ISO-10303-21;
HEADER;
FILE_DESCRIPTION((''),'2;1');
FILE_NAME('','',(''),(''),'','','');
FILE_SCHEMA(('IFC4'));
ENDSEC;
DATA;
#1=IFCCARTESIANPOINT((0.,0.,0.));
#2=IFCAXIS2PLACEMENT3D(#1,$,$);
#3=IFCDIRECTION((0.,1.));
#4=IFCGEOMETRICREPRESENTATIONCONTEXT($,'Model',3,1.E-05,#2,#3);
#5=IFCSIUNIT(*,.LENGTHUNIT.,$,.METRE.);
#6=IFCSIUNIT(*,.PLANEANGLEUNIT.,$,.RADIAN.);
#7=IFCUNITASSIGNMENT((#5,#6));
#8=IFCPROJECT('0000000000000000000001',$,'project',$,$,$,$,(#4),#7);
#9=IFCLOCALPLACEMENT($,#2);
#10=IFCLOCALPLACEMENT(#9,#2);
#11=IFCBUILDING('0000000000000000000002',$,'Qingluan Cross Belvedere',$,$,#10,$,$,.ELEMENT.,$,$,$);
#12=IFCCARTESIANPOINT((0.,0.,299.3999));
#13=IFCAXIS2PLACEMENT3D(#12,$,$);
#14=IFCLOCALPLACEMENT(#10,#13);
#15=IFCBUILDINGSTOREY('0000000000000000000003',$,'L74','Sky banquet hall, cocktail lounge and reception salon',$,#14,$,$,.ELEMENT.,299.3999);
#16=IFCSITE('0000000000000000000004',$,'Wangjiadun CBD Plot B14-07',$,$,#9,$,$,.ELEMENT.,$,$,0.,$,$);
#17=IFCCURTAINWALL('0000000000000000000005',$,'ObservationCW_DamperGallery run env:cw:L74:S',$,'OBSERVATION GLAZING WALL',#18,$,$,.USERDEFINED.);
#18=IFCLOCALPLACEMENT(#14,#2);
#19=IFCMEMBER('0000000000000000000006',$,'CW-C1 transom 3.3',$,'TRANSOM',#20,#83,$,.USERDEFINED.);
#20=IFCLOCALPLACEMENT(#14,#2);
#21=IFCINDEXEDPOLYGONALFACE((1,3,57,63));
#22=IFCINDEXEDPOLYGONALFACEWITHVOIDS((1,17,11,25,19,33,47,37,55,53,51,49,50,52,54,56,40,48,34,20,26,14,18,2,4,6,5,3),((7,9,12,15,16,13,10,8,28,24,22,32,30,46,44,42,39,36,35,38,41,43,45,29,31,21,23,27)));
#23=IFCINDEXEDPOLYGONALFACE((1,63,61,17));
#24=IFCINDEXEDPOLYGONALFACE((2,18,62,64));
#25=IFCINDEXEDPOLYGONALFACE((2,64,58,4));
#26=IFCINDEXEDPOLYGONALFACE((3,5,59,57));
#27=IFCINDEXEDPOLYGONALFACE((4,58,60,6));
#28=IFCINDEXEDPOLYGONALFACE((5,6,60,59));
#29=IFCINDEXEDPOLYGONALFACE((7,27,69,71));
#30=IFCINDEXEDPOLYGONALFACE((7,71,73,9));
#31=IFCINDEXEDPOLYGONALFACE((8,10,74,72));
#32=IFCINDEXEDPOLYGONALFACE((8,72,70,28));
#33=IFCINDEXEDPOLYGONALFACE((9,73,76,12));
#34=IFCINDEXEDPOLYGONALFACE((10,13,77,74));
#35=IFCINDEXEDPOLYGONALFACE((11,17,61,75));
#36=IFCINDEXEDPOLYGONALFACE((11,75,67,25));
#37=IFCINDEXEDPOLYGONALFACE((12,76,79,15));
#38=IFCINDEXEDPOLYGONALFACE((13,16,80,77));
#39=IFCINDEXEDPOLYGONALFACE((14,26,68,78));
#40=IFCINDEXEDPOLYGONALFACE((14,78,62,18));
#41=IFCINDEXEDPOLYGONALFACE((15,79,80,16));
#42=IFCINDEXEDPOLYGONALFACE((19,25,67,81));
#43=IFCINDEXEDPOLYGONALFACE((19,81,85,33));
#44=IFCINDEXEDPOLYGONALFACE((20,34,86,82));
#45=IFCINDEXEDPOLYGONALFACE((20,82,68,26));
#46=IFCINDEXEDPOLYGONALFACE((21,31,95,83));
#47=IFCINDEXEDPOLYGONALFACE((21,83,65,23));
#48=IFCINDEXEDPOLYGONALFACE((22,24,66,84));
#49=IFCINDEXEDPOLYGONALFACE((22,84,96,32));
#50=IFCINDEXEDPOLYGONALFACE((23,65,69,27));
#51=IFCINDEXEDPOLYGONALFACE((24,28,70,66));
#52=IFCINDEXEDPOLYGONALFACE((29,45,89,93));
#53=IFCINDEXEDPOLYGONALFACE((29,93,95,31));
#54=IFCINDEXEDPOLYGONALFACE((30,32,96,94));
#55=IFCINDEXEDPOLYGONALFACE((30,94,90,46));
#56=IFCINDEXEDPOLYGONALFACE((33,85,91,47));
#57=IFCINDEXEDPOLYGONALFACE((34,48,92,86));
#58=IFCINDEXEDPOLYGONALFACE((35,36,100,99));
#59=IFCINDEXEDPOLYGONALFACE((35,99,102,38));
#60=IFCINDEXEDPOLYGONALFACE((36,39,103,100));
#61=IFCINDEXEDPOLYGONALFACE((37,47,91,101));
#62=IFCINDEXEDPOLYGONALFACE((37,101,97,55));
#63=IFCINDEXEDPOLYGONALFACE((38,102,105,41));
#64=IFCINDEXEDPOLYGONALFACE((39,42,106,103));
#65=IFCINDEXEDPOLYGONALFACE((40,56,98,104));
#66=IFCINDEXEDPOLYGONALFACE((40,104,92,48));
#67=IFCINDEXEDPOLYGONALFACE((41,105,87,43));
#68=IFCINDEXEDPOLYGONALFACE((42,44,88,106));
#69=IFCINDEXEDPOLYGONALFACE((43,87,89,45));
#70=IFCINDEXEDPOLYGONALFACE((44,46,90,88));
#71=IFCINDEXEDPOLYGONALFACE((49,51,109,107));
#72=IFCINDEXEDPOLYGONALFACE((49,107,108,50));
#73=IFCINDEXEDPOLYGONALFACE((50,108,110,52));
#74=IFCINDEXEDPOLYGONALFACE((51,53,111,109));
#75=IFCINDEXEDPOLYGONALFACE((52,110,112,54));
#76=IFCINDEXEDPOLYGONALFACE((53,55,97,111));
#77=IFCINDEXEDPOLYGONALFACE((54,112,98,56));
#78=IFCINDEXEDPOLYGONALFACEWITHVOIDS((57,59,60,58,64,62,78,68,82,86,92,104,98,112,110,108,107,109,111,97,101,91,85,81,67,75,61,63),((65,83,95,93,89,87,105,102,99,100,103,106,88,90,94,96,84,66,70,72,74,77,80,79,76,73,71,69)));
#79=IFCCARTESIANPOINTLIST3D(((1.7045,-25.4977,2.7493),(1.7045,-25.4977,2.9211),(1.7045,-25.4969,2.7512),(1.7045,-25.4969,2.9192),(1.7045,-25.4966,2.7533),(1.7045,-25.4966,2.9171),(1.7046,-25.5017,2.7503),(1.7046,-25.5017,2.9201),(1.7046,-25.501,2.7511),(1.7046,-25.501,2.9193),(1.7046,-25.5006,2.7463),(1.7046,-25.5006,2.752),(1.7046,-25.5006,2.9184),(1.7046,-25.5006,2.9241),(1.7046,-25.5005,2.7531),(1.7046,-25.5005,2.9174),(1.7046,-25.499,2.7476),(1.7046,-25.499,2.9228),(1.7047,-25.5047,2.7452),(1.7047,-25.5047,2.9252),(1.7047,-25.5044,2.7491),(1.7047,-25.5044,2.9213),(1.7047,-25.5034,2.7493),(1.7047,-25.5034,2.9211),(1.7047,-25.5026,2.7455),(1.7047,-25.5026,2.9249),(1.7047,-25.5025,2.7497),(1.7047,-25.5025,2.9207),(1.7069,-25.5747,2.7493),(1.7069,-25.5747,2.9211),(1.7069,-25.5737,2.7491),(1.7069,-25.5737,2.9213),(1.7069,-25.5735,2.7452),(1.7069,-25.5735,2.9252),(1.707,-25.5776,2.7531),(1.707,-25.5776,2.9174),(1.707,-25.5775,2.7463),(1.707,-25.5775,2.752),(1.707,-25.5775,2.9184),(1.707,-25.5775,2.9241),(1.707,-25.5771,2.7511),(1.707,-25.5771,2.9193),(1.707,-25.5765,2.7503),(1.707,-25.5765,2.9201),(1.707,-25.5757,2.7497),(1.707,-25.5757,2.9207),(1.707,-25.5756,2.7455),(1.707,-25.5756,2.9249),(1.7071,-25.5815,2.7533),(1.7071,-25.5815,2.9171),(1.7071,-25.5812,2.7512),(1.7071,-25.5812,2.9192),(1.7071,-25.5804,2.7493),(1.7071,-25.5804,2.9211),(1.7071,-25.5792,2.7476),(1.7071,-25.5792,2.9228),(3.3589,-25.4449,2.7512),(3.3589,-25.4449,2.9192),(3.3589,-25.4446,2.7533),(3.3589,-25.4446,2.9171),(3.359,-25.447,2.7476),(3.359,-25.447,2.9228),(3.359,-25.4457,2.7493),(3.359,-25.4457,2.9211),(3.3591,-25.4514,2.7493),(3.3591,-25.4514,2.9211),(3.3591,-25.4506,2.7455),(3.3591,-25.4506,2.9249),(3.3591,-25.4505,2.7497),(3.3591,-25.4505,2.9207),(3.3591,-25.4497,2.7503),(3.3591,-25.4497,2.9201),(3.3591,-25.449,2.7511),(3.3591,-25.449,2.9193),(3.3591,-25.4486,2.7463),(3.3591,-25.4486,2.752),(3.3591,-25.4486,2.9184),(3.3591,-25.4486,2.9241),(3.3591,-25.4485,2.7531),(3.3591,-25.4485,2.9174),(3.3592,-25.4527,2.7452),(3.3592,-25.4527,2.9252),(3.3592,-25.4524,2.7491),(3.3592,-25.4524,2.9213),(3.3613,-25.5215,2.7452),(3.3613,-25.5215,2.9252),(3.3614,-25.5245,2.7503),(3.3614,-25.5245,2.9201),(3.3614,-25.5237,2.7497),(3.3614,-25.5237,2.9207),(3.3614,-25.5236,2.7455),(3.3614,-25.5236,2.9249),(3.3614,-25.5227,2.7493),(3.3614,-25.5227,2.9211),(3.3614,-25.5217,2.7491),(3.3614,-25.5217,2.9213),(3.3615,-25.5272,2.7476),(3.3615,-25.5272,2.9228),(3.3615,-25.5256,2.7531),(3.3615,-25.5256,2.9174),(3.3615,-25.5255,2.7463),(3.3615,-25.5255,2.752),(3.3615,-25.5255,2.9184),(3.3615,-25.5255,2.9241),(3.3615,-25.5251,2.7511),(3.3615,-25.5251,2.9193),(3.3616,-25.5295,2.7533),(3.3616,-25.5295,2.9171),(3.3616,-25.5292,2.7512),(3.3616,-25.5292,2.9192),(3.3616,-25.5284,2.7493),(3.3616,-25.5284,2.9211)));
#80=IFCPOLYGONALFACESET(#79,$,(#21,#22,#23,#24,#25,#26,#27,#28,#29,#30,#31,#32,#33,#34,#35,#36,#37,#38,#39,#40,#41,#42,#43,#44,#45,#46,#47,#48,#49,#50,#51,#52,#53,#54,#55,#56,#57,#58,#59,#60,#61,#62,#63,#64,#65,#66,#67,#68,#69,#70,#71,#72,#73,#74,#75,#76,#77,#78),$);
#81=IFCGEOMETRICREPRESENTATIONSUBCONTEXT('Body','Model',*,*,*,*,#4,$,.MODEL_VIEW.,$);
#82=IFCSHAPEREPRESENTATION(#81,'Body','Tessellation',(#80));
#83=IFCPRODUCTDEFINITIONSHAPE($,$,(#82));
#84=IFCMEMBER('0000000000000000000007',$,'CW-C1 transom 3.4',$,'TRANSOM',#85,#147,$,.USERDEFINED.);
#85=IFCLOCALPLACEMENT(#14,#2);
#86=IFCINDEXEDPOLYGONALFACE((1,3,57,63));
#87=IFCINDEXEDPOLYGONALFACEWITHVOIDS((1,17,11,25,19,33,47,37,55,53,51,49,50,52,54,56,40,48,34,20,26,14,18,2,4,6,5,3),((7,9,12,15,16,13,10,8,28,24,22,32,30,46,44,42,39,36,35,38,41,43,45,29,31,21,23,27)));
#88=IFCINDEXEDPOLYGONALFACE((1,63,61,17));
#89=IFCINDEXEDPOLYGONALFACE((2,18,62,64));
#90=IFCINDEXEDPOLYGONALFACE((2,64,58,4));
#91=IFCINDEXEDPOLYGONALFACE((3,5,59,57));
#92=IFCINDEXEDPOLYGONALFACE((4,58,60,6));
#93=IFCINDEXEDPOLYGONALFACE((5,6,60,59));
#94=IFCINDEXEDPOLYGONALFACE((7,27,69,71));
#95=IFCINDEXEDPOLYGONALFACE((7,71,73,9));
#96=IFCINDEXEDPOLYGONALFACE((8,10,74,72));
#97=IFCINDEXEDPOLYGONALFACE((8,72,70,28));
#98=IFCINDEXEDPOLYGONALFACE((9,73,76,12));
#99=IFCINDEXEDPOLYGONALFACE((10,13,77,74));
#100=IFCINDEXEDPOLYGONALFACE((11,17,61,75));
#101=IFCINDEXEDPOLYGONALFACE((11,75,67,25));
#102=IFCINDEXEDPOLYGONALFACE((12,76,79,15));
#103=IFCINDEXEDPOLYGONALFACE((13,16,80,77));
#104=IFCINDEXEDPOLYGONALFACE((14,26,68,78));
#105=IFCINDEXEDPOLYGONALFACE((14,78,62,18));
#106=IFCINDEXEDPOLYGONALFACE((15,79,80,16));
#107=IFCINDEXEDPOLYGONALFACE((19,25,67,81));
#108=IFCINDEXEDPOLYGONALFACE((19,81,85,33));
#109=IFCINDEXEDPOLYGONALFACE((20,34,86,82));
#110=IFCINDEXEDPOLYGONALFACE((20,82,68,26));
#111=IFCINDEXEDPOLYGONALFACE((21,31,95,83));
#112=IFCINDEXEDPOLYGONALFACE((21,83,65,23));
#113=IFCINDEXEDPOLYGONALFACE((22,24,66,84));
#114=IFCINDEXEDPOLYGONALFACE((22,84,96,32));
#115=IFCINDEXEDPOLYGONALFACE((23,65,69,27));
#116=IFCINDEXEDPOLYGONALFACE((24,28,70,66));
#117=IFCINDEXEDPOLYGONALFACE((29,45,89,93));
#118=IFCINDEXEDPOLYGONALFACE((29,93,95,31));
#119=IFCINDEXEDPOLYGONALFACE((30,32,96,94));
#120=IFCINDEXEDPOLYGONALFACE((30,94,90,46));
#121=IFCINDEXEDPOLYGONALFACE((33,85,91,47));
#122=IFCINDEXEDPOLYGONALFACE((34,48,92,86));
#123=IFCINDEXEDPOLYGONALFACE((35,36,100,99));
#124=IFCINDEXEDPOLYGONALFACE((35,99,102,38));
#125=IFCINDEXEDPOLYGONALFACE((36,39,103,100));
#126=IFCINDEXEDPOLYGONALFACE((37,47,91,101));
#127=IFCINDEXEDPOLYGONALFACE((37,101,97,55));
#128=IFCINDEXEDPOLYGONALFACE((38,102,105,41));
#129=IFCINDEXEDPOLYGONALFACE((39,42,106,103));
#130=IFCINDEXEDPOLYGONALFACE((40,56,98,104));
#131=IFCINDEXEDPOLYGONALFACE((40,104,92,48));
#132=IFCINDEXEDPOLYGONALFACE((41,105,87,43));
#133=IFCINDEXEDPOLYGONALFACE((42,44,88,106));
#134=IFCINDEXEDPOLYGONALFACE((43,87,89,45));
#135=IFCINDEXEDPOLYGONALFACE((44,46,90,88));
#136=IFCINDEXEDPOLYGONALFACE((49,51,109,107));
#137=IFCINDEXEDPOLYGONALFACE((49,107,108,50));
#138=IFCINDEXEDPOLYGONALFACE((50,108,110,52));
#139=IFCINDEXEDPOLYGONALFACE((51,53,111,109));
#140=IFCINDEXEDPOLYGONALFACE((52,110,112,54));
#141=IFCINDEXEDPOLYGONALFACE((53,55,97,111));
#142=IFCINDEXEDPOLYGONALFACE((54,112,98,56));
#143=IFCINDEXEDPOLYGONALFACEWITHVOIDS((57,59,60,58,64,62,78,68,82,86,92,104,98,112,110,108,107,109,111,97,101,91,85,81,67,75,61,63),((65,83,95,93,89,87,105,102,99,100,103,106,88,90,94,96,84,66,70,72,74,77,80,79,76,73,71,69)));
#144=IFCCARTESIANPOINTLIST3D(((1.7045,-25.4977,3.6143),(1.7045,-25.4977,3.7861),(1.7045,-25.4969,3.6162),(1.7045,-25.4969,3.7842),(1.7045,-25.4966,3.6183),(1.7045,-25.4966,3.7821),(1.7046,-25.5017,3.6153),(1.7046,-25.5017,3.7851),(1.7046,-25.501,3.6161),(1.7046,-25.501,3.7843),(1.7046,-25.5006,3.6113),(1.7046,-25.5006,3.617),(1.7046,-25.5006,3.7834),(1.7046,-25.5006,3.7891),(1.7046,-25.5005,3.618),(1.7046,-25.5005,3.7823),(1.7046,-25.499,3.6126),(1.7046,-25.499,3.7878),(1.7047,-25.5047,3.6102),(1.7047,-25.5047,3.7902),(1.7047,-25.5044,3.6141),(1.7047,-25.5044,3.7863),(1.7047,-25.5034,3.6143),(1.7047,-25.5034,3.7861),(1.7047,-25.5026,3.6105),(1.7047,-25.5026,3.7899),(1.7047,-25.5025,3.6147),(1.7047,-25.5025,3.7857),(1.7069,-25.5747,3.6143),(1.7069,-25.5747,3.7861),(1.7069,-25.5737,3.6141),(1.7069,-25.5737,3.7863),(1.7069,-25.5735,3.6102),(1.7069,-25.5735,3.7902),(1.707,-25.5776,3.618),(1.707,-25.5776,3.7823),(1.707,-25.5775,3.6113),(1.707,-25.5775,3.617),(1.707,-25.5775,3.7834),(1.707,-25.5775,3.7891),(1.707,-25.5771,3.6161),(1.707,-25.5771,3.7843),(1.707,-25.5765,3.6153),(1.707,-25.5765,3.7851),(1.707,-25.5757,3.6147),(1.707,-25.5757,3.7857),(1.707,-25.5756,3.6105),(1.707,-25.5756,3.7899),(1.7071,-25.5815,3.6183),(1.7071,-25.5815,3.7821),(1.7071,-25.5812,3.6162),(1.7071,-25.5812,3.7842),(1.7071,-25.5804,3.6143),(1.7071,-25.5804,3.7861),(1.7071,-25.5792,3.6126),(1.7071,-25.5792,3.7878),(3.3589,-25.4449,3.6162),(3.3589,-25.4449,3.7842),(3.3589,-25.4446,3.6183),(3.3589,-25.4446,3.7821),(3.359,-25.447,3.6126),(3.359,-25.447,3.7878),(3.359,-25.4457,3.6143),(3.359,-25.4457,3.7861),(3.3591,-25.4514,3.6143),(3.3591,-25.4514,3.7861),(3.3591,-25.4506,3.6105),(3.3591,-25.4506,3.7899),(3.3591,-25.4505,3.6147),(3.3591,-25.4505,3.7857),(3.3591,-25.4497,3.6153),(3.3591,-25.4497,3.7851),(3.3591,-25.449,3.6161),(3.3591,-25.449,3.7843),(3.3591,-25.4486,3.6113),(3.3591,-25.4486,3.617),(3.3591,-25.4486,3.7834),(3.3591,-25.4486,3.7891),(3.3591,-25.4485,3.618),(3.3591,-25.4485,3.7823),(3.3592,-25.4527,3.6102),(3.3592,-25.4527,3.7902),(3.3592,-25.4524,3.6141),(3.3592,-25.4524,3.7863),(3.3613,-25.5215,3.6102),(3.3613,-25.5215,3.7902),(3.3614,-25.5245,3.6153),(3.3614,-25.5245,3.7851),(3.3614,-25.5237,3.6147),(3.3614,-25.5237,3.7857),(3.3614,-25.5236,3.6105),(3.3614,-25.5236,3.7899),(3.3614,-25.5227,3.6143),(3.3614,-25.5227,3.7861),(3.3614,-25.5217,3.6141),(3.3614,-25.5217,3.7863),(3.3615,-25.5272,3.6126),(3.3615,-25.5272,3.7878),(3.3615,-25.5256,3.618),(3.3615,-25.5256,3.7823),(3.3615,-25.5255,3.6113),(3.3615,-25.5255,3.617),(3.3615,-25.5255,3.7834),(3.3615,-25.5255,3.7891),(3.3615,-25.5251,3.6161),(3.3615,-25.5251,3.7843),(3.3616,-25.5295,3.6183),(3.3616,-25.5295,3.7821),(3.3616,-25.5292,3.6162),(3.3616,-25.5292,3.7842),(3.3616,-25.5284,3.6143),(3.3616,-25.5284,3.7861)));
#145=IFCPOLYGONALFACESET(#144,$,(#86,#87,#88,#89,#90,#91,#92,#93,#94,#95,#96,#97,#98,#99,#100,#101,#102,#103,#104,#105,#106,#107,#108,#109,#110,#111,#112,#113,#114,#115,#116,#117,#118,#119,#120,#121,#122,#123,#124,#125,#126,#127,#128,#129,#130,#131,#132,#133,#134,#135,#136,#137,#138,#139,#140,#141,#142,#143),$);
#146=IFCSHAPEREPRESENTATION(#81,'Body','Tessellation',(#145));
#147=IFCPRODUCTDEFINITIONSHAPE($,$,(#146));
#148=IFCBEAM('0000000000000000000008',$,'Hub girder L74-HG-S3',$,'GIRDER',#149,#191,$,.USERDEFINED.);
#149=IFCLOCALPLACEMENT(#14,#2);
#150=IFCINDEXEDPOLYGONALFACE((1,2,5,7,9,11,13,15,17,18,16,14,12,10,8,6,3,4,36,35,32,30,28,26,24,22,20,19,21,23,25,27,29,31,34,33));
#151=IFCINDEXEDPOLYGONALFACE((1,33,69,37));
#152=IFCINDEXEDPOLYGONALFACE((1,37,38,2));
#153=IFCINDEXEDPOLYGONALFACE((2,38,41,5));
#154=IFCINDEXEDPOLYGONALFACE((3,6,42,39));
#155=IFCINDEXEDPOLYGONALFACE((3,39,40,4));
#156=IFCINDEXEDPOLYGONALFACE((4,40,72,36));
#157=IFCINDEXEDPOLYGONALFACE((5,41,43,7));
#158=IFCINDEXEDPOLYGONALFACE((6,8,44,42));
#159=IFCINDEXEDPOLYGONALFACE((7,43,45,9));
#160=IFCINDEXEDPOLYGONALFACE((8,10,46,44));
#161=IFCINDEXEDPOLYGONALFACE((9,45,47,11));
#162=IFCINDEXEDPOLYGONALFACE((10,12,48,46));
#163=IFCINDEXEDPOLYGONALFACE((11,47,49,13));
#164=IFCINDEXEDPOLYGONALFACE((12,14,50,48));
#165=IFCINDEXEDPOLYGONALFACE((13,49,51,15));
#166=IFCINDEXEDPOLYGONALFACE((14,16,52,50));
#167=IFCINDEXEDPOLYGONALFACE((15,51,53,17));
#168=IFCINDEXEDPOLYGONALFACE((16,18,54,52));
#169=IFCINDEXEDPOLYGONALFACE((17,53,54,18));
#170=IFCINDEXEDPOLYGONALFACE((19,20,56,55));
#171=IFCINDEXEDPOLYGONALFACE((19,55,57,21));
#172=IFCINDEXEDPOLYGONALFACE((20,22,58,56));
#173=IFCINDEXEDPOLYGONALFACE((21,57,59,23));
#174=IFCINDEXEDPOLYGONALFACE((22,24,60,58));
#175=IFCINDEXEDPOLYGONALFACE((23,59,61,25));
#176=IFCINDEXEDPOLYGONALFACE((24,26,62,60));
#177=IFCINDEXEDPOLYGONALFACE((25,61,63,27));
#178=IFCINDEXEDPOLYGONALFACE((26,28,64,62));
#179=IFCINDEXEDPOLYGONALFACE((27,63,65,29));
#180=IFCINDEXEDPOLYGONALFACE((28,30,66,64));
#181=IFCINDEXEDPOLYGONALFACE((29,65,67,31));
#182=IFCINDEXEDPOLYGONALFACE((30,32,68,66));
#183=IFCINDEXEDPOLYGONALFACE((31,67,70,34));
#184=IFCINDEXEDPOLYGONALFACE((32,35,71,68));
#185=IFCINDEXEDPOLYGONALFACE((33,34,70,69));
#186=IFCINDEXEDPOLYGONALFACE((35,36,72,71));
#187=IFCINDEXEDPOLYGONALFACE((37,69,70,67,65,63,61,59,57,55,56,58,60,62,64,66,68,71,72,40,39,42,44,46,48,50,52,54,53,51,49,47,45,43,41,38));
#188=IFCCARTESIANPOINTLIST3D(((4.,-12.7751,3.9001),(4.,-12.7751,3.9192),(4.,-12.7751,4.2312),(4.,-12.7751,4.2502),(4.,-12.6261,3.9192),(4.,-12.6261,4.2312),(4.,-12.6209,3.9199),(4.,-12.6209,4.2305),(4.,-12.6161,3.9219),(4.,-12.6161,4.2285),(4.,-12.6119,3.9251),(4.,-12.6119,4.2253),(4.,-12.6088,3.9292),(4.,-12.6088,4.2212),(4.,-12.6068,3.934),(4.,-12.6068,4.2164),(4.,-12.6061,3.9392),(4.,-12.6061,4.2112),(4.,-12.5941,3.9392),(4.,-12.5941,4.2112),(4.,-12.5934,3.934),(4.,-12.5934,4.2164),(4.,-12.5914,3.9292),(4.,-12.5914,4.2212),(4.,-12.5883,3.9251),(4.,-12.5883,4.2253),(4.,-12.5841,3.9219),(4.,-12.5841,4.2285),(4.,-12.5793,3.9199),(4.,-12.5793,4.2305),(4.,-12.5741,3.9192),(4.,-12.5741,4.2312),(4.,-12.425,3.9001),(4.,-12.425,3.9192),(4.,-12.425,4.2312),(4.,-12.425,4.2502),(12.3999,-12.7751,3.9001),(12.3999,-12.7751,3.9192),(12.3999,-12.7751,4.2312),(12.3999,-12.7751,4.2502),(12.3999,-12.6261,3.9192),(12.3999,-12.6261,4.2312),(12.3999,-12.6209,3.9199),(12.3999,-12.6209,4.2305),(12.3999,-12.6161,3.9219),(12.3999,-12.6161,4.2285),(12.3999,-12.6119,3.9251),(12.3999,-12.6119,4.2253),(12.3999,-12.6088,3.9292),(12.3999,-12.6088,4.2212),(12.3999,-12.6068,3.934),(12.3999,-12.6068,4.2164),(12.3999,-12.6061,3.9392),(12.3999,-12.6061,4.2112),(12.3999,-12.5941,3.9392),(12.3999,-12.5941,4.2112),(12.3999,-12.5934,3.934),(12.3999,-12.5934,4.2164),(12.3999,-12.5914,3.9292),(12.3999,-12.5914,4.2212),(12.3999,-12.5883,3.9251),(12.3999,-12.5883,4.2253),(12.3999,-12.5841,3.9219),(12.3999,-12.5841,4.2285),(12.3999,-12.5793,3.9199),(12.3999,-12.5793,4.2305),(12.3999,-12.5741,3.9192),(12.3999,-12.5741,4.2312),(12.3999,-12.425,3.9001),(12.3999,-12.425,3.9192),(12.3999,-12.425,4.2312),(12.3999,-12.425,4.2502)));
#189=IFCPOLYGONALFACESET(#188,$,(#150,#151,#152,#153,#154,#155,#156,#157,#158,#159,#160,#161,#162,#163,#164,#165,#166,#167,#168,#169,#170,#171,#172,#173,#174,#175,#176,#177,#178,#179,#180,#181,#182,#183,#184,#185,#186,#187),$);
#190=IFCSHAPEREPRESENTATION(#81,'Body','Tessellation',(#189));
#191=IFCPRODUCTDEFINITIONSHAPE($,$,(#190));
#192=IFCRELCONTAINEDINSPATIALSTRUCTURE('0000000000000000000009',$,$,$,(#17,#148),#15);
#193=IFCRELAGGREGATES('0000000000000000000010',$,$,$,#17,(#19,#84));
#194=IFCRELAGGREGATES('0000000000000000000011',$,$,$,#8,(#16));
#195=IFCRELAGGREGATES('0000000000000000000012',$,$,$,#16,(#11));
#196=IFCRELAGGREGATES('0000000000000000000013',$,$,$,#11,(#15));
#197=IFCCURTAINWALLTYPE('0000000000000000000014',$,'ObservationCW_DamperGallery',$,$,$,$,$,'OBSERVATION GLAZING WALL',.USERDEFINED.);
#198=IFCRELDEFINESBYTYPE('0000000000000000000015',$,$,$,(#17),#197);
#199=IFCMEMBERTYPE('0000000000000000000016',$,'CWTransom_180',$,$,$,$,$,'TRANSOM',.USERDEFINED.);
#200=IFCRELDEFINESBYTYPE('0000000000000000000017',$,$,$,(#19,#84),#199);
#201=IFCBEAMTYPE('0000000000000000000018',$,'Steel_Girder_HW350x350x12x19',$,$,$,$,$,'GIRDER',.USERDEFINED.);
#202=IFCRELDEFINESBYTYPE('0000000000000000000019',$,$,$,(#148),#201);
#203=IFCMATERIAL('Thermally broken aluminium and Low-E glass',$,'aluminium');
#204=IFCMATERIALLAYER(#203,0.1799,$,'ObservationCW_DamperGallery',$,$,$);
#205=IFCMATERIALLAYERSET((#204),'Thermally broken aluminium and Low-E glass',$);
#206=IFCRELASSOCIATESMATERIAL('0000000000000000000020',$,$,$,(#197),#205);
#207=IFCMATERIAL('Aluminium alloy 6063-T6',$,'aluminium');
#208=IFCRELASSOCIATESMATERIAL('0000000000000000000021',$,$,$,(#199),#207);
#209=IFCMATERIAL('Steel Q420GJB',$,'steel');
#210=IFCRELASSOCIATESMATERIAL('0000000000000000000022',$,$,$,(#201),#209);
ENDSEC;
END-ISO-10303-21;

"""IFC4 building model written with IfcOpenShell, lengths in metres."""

from ifc_helpers import new_model, si_unit, direction, frame, origin, origin_2d, place, context, subcontext, project, spatial, hollow_rectangle, i_section, extrude, material, layer, layer_set, material_profile, profile_set, type_object, element, aggregate, save


model = new_model("IFC4")

# Units and contexts
model_context = context("Model", 3, precision=1e-05, world=origin(), true_north=direction((0.0, 1.0)))
body_context = subcontext(model_context, "Body", "Model", "MODEL_VIEW")
ifc_project = project(units=[si_unit("LENGTHUNIT", "METRE"), si_unit("PLANEANGLEUNIT", "RADIAN")], contexts=[model_context])

# Site, building, storey
site_placement = place(None, origin())
site = spatial("IfcSite", under=ifc_project, at=site_placement, Name="Wangjiadun CBD Plot B14-07", CompositionType="ELEMENT", RefElevation=0.0)
building_placement = place(site_placement, origin())
building = spatial("IfcBuilding", under=site, at=building_placement, Name="Qingluan Cross Belvedere", CompositionType="ELEMENT")
storey_placement = place(building_placement, frame((0.0, 0.0, 299.3999)))
storey = spatial("IfcBuildingStorey", under=building, at=storey_placement, Name="L74", Description="Sky banquet hall, cocktail lounge and reception salon", CompositionType="ELEMENT", Elevation=299.3999)

# Curtain wall, members
ifc_material_1 = material(Name="Thermally broken aluminium and Low-E glass", Category="aluminium")
ifc_layer_1 = layer(ifc_material_1, 0.1799, Name="ObservationCW_DamperGallery")
ifc_layer_set_1 = layer_set([ifc_layer_1], Name="Thermally broken aluminium and Low-E glass")
curtain_wall_type = type_object("IfcCurtainWallType", Name="ObservationCW_DamperGallery", ElementType="OBSERVATION GLAZING WALL", PredefinedType="USERDEFINED", material=ifc_layer_set_1)
curtain_wall_placement = place(storey_placement, origin())
curtain_wall = element("IfcCurtainWall", 1, at=curtain_wall_placement, inside=storey, type_object=curtain_wall_type, Name="ObservationCW_DamperGallery run env:cw:L74:S", ObjectType="OBSERVATION GLAZING WALL", PredefinedType="USERDEFINED")
ifc_material_2 = material(Name="Aluminium alloy 6063-T6", Category="aluminium")
ifc_material_profile_1 = material_profile(ifc_material_2, hollow_rectangle(XDim=0.085, YDim=0.1799, WallThickness=0.0039, InnerFilletRadius=0.0039, OuterFilletRadius=0.0081, at=origin_2d()), Name="CWT180x85x4")
ifc_profile_set_1 = profile_set([ifc_material_profile_1], Name="Aluminium alloy 6063-T6")
member_type_1 = type_object("IfcMemberType", Name="CWTransom_180", ElementType="TRANSOM", PredefinedType="USERDEFINED", material=ifc_profile_set_1)
member_1_placement = place(storey_placement, frame((1.7058, -25.5391, 2.8352), z_axis=(0.999506, 0.031414, 0.0), x_axis=(-0.031414, 0.999506, 0.0)))
member_1 = element("IfcMember", 2, at=member_1_placement, type_object=member_type_1, Name="CW-C1 transom 3.3", ObjectType="TRANSOM", PredefinedType="USERDEFINED", context=body_context, shape_type="SweptSolid", body=[
    extrude(hollow_rectangle(XDim=0.085, YDim=0.1799, WallThickness=0.0039, InnerFilletRadius=0.0039, OuterFilletRadius=0.0081, at=origin_2d()), origin(), (0.0, 0.0, 1.0), 1.6553),
])
member_2_placement = place(storey_placement, frame((1.7058, -25.5391, 3.7002), z_axis=(0.999506, 0.031414, 0.0), x_axis=(-0.031414, 0.999506, 0.0)))
member_2 = element("IfcMember", 3, at=member_2_placement, type_object=member_type_1, Name="CW-C1 transom 3.4", ObjectType="TRANSOM", PredefinedType="USERDEFINED", context=body_context, shape_type="SweptSolid", body=[
    extrude(hollow_rectangle(XDim=0.085, YDim=0.1799, WallThickness=0.0039, InnerFilletRadius=0.0039, OuterFilletRadius=0.0081, at=origin_2d()), origin(), (0.0, 0.0, 1.0), 1.6553),
])

# Beam
ifc_material_3 = material(Name="Steel Q420GJB", Category="steel")
ifc_material_profile_2 = material_profile(ifc_material_3, i_section(OverallWidth=0.3501, OverallDepth=0.3501, WebThickness=0.012, FlangeThickness=0.019, FilletRadius=0.02, at=origin_2d()), Name="HW350x350x12x19")
ifc_profile_set_2 = profile_set([ifc_material_profile_2], Name="Steel Q420GJB")
beam_type = type_object("IfcBeamType", Name="Steel_Girder_HW350x350x12x19", ElementType="GIRDER", PredefinedType="USERDEFINED", material=ifc_profile_set_2)
beam_placement = place(storey_placement, frame((4.0, -12.6001, 4.0752), z_axis=(1.0, 0.0, 0.0), x_axis=(0.0, 1.0, 0.0)))
element("IfcBeam", 4, at=beam_placement, inside=storey, type_object=beam_type, Name="Hub girder L74-HG-S3", ObjectType="GIRDER", PredefinedType="USERDEFINED", context=body_context, shape_type="SweptSolid", body=[
    extrude(i_section(OverallWidth=0.3501, OverallDepth=0.3501, WebThickness=0.012, FlangeThickness=0.019, FilletRadius=0.02, at=origin_2d()), origin(), (0.0, 0.0, 1.0), 8.3999),
])

aggregate(curtain_wall, [member_1, member_2])

save(model, "model.ifc")
